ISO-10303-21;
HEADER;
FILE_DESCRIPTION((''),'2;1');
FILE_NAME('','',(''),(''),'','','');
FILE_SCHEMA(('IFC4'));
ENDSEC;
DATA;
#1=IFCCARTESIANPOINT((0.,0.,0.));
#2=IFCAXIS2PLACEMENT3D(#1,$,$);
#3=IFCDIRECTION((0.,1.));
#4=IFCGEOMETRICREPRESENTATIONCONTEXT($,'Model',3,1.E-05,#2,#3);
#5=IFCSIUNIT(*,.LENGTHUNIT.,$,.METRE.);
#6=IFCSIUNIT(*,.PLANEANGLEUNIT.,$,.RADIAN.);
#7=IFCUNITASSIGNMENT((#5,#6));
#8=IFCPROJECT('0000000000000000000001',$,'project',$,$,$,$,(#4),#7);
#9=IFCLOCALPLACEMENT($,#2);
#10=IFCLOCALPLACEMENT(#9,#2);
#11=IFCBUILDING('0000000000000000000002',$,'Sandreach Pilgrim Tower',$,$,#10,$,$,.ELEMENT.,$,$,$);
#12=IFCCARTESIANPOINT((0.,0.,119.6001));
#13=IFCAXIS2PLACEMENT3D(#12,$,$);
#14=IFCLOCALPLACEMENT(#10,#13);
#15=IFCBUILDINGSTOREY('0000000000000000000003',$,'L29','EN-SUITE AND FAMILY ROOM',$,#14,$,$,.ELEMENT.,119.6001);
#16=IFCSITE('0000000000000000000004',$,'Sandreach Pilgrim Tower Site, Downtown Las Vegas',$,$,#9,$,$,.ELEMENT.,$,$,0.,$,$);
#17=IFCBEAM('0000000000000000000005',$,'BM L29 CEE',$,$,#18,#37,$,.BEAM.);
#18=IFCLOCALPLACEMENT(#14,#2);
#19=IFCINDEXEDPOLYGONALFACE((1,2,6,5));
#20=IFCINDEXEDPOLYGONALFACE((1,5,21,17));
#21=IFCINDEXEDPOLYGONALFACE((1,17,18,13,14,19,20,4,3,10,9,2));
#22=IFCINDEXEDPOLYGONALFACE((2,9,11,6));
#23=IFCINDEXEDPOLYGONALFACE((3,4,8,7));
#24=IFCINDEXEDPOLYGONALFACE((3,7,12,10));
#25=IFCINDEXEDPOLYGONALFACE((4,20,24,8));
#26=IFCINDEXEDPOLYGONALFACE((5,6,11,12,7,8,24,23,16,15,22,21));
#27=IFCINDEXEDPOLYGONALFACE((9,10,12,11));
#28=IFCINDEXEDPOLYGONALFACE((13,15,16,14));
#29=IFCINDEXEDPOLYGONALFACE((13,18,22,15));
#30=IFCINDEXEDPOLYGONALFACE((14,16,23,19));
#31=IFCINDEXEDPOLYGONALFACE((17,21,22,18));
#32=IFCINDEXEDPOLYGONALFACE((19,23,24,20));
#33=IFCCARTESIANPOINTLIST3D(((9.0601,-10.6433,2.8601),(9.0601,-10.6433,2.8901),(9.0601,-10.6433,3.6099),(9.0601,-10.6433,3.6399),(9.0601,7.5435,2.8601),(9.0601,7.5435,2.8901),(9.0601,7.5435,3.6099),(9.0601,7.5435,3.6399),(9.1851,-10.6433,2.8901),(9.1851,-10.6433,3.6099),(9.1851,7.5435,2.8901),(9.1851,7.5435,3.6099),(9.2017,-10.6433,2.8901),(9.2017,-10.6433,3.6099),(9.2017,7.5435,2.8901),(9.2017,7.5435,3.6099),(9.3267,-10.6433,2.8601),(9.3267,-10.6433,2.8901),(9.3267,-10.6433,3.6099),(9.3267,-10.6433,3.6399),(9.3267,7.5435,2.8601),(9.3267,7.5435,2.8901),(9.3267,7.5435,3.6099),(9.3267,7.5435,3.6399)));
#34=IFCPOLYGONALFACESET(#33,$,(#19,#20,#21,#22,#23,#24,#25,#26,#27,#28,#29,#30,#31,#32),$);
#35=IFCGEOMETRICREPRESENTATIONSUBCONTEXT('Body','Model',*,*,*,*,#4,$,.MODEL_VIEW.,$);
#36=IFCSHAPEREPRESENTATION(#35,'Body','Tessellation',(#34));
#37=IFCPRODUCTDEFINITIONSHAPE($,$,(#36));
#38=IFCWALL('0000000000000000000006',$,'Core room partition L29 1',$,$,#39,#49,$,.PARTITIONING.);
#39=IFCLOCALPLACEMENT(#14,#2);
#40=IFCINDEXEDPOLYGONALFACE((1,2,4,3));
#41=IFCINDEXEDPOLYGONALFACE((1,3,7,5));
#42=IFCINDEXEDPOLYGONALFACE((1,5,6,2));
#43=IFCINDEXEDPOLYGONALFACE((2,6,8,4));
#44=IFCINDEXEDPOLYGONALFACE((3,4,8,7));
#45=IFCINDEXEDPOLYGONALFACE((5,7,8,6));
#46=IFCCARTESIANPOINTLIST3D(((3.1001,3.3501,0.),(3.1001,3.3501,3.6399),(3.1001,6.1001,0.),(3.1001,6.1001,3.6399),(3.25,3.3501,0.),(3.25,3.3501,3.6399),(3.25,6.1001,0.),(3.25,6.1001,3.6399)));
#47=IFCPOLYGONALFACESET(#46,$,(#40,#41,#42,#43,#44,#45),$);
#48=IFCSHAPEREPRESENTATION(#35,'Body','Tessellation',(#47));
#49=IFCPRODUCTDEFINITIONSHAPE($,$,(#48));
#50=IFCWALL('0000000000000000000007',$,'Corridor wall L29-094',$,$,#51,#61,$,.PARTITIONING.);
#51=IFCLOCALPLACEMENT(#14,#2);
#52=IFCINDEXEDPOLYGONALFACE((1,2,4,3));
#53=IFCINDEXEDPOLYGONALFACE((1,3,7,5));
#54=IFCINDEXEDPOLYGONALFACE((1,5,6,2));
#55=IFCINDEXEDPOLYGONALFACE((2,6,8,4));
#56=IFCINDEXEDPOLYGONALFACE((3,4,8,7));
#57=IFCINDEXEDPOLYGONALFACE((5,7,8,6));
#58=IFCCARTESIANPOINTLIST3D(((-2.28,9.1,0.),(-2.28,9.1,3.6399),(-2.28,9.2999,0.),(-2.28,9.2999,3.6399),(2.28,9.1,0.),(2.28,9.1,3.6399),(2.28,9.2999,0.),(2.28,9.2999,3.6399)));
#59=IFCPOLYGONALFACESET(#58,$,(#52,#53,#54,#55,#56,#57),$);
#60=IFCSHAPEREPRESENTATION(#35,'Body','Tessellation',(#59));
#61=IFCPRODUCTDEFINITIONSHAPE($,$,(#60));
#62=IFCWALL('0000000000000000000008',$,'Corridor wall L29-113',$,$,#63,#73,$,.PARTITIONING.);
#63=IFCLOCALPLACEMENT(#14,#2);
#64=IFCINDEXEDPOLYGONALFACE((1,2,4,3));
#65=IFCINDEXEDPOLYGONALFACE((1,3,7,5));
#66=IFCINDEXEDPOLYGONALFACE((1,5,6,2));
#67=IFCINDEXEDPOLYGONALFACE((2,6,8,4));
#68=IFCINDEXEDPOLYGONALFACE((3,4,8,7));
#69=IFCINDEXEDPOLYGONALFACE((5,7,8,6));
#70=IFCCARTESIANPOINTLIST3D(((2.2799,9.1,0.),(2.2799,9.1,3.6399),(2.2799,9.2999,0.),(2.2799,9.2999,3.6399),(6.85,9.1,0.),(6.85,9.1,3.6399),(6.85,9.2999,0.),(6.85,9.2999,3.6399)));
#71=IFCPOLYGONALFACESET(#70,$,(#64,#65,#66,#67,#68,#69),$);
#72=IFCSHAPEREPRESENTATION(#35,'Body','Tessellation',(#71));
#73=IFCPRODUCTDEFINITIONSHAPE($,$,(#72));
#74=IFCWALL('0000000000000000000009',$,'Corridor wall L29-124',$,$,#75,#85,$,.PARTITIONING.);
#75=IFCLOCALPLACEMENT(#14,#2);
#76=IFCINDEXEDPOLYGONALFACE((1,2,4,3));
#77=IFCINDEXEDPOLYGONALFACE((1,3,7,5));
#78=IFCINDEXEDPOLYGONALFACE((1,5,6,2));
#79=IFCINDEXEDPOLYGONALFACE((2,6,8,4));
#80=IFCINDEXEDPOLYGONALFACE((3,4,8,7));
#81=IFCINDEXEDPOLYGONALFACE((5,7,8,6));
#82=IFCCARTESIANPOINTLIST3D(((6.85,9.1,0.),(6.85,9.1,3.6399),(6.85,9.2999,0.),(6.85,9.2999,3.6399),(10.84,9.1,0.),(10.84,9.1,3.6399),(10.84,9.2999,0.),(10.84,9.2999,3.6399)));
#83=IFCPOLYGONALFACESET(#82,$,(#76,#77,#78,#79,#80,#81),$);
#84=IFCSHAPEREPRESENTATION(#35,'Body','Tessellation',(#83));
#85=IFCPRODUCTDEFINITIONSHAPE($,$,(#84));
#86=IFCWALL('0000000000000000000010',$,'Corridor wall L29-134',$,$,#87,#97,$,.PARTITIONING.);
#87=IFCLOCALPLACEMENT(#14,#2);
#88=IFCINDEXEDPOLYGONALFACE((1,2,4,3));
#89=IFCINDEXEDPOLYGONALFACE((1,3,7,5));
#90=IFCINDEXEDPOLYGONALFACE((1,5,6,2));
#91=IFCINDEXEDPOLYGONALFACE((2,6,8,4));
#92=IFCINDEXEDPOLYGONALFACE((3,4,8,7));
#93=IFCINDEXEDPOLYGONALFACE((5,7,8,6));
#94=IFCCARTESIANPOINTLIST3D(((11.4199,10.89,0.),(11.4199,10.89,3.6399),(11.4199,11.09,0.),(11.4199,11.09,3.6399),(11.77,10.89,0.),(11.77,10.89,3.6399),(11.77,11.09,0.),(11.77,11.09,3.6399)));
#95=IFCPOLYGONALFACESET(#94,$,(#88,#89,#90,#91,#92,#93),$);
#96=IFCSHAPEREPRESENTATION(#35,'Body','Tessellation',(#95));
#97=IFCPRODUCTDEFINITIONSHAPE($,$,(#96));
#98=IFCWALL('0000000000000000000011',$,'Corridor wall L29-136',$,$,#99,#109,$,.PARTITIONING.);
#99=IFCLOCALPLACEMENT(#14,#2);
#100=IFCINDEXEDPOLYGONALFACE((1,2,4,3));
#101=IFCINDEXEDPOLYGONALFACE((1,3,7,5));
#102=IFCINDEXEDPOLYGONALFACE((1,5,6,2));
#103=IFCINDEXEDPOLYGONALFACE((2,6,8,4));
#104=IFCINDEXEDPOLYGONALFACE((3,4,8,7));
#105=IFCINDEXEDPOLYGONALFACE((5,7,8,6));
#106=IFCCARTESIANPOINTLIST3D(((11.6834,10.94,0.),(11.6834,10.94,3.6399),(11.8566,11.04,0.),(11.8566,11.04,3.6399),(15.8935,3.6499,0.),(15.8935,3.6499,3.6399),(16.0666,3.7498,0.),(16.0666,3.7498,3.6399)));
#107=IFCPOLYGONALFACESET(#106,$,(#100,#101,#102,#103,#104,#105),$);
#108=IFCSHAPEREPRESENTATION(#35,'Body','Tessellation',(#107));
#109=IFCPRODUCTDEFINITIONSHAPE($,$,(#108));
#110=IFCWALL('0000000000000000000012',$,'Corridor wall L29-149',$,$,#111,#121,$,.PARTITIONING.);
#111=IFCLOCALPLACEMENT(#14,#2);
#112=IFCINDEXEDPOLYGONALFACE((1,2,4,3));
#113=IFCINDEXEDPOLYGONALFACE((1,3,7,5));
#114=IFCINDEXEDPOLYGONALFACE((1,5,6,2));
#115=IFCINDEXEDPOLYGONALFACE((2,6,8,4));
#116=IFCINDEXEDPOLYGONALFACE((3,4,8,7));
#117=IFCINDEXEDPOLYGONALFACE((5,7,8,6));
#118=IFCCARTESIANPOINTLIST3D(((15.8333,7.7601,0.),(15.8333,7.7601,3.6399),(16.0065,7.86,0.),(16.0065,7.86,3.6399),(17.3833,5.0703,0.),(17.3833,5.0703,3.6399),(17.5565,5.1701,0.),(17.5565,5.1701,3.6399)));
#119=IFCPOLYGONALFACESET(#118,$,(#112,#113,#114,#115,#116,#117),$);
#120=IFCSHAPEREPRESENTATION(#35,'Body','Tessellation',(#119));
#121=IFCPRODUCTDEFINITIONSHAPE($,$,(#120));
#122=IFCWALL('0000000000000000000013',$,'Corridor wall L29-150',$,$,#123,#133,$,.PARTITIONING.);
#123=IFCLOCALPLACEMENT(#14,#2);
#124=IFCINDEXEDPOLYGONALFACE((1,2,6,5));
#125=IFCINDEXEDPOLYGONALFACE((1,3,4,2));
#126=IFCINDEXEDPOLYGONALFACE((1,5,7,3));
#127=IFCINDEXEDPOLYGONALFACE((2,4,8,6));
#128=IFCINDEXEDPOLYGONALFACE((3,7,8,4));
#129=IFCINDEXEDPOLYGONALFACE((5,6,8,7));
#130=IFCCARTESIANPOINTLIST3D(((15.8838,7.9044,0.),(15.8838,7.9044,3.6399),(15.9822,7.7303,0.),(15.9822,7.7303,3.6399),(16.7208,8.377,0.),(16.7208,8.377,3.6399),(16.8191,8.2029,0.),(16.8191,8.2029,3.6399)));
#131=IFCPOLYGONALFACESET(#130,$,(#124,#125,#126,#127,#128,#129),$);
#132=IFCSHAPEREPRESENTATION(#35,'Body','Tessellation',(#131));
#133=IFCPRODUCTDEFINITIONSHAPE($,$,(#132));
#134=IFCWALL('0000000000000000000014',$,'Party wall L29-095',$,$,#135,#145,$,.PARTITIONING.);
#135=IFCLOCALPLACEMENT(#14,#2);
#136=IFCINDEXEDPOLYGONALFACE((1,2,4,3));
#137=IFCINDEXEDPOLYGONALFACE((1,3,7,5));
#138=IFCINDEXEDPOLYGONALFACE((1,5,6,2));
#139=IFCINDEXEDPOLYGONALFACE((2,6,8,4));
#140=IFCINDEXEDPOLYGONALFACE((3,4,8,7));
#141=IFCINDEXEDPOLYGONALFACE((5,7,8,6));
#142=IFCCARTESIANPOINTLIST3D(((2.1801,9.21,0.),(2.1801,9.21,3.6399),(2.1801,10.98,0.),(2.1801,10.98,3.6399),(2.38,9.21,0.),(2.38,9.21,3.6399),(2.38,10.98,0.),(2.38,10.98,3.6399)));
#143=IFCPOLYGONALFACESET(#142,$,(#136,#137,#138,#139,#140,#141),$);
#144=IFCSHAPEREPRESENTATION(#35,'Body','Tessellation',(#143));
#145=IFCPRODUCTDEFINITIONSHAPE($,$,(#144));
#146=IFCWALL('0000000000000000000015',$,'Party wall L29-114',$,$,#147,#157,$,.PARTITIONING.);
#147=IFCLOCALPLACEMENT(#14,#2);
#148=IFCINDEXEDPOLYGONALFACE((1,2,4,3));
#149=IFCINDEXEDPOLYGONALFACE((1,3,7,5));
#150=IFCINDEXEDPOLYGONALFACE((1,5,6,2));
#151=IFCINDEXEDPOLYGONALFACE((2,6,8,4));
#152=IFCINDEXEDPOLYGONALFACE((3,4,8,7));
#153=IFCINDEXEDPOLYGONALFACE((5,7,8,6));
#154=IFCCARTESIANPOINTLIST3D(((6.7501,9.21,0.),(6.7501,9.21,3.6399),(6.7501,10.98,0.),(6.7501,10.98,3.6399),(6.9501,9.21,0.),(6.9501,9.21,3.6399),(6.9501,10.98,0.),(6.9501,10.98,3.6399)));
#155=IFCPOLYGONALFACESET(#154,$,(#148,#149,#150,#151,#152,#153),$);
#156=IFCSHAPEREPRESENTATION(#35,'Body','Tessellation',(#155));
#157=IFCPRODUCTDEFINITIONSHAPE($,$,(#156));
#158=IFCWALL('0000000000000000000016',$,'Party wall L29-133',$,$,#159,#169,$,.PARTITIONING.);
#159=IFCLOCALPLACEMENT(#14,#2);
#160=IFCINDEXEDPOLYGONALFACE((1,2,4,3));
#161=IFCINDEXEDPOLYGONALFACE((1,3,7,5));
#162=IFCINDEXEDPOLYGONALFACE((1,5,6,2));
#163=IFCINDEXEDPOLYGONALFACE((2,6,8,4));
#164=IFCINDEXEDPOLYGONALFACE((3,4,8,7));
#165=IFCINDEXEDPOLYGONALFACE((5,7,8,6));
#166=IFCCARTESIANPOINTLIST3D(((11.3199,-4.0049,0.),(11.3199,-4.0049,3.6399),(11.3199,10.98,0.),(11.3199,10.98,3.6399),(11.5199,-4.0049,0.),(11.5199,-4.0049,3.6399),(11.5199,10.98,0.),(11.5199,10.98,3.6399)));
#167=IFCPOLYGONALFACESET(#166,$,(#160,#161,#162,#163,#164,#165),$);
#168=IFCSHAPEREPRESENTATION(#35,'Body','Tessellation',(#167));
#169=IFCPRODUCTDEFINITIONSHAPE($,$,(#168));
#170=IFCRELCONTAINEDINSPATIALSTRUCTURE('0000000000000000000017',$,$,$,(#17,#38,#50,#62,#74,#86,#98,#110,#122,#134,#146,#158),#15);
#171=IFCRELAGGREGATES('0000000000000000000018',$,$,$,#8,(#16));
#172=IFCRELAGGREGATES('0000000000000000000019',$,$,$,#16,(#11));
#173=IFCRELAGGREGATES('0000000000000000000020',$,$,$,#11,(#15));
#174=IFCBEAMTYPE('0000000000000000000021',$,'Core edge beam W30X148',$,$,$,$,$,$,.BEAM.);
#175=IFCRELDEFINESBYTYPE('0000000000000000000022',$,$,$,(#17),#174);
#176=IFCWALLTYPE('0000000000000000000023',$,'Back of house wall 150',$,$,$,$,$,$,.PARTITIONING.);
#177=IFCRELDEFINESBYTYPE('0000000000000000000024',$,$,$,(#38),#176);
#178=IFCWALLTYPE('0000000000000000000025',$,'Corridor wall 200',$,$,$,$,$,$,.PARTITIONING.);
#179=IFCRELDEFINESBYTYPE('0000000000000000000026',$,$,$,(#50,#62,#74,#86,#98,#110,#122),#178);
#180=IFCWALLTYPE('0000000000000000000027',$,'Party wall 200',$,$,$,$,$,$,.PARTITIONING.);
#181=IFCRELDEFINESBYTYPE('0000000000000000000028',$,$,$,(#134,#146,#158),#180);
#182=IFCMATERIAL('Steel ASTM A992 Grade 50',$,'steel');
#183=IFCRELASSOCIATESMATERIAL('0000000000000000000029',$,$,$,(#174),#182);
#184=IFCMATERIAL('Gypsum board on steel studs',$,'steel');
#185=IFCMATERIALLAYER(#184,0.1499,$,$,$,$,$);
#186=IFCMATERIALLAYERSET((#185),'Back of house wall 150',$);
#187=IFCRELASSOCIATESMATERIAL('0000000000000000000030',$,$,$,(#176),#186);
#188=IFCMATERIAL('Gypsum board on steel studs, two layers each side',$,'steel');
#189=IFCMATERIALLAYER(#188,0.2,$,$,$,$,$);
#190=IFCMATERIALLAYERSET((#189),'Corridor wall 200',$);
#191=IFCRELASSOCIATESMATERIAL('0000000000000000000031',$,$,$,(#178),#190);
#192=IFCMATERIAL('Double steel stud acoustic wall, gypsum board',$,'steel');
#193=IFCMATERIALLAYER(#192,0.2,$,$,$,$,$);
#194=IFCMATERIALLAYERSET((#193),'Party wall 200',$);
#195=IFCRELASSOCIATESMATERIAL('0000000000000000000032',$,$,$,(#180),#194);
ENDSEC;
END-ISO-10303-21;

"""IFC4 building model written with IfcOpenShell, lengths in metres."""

from ifc_helpers import new_model, si_unit, direction, frame, frame_2d, origin, origin_2d, place, context, subcontext, project, spatial, rectangle, i_section, extrude, material, layer, layer_set, material_profile, profile_set, type_object, element, save


model = new_model("IFC4")

# Units and contexts
model_context = context("Model", 3, precision=1e-05, world=origin(), true_north=direction((0.0, 1.0)))
body_context = subcontext(model_context, "Body", "Model", "MODEL_VIEW")
ifc_project = project(units=[si_unit("LENGTHUNIT", "METRE"), si_unit("PLANEANGLEUNIT", "RADIAN")], contexts=[model_context])

# Site, building, storey
site_placement = place(None, origin())
site = spatial("IfcSite", under=ifc_project, at=site_placement, Name="Sandreach Pilgrim Tower Site, Downtown Las Vegas", CompositionType="ELEMENT", RefElevation=0.0)
building_placement = place(site_placement, origin())
building = spatial("IfcBuilding", under=site, at=building_placement, Name="Sandreach Pilgrim Tower", CompositionType="ELEMENT")
storey_placement = place(building_placement, frame((0.0, 0.0, 119.6001)))
storey = spatial("IfcBuildingStorey", under=building, at=storey_placement, Name="L29", Description="EN-SUITE AND FAMILY ROOM", CompositionType="ELEMENT", Elevation=119.6001)

# Beam
ifc_material_1 = material(Name="Steel ASTM A992 Grade 50", Category="steel")
ifc_material_profile = material_profile(ifc_material_1, i_section(OverallWidth=0.2666, OverallDepth=0.7798, WebThickness=0.0166, FlangeThickness=0.03, at=origin_2d()), Name="W30X148")
ifc_profile_set = profile_set([ifc_material_profile], Name="Steel ASTM A992 Grade 50")
beam_type = type_object("IfcBeamType", Name="Core edge beam W30X148", PredefinedType="BEAM", material=ifc_profile_set)
beam_placement = place(storey_placement, frame((9.1934, 7.5435, 3.25), z_axis=(0.0, -1.0, 0.0), x_axis=(1.0, 0.0, 0.0)))
element("IfcBeam", 1, at=beam_placement, inside=storey, type_object=beam_type, Name="BM L29 CEE", PredefinedType="BEAM", context=body_context, shape_type="SweptSolid", body=[
    extrude(i_section(OverallWidth=0.2666, OverallDepth=0.7798, WebThickness=0.0166, FlangeThickness=0.03, at=origin_2d()), origin(), (0.0, 0.0, 1.0), 18.1868),
])

# Wall
ifc_material_2 = material(Name="Gypsum board on steel studs", Category="steel")
ifc_layer_1 = layer(ifc_material_2, 0.1499)
ifc_layer_set_1 = layer_set([ifc_layer_1], Name="Back of house wall 150")
wall_type_1 = type_object("IfcWallType", Name="Back of house wall 150", PredefinedType="PARTITIONING", material=ifc_layer_set_1)
wall_1_placement = place(storey_placement, frame((3.175, 3.3501, 0.0), z_axis=(0.0, 0.0, 1.0), x_axis=(0.0, 1.0, 0.0)))
element("IfcWall", 2, at=wall_1_placement, inside=storey, type_object=wall_type_1, Name="Core room partition L29 1", PredefinedType="PARTITIONING", context=body_context, shape_type="SweptSolid", body=[
    extrude(rectangle(XDim=2.75, YDim=0.1499, at=frame_2d((1.375, 0.0))), origin(), (0.0, 0.0, 1.0), 3.6399),
])

# Wall
ifc_material_3 = material(Name="Gypsum board on steel studs, two layers each side", Category="steel")
ifc_layer_2 = layer(ifc_material_3, 0.2)
ifc_layer_set_2 = layer_set([ifc_layer_2], Name="Corridor wall 200")
wall_type_2 = type_object("IfcWallType", Name="Corridor wall 200", PredefinedType="PARTITIONING", material=ifc_layer_set_2)
wall_2_placement = place(storey_placement, frame((2.28, 9.2, 0.0), z_axis=(0.0, 0.0, 1.0), x_axis=(-1.0, 0.0, 0.0)))
element("IfcWall", 3, at=wall_2_placement, inside=storey, type_object=wall_type_2, Name="Corridor wall L29-094", PredefinedType="PARTITIONING", context=body_context, shape_type="SweptSolid", body=[
    extrude(rectangle(XDim=4.5601, YDim=0.2, at=frame_2d((2.28, 0.0))), origin(), (0.0, 0.0, 1.0), 3.6399),
])

# Wall
wall_3_placement = place(storey_placement, frame((6.8501, 9.2, 0.0), z_axis=(0.0, 0.0, 1.0), x_axis=(-1.0, 0.0, 0.0)))
element("IfcWall", 4, at=wall_3_placement, inside=storey, type_object=wall_type_2, Name="Corridor wall L29-113", PredefinedType="PARTITIONING", context=body_context, shape_type="SweptSolid", body=[
    extrude(rectangle(XDim=4.5701, YDim=0.2, at=frame_2d((2.2852, 0.0))), origin(), (0.0, 0.0, 1.0), 3.6399),
])

# Walls
wall_4_placement = place(storey_placement, frame((10.8401, 9.2, 0.0), z_axis=(0.0, 0.0, 1.0), x_axis=(-1.0, 0.0, 0.0)))
element("IfcWall", 5, at=wall_4_placement, inside=storey, type_object=wall_type_2, Name="Corridor wall L29-124", PredefinedType="PARTITIONING", context=body_context, shape_type="SweptSolid", body=[
    extrude(rectangle(XDim=3.99, YDim=0.2, at=frame_2d((1.9951, 0.0))), origin(), (0.0, 0.0, 1.0), 3.6399),
])
wall_5_placement = place(storey_placement, frame((11.4199, 10.99, 0.0), z_axis=(0.0, 0.0, 1.0), x_axis=(1.0, 0.0, 0.0)))
element("IfcWall", 6, at=wall_5_placement, inside=storey, type_object=wall_type_2, Name="Corridor wall L29-134", PredefinedType="PARTITIONING", context=body_context, shape_type="SweptSolid", body=[
    extrude(rectangle(XDim=0.3501, YDim=0.2, at=frame_2d((0.175, 0.0))), origin(), (0.0, 0.0, 1.0), 3.6399),
])
wall_6_placement = place(storey_placement, frame((11.77, 10.99, 0.0), z_axis=(0.0, 0.0, 1.0), x_axis=(0.500094, -0.865971, 0.0)))
element("IfcWall", 7, at=wall_6_placement, inside=storey, type_object=wall_type_2, Name="Corridor wall L29-136", PredefinedType="PARTITIONING", context=body_context, shape_type="SweptSolid", body=[
    extrude(rectangle(XDim=8.4185, YDim=0.2, at=frame_2d((4.2092, 0.0))), origin(), (0.0, 0.0, 1.0), 3.6399),
])
wall_7_placement = place(storey_placement, frame((15.9199, 7.8101, 0.0), z_axis=(0.0, 0.0, 1.0), x_axis=(0.499278, -0.866442, 0.0)))
element("IfcWall", 8, at=wall_7_placement, inside=storey, type_object=wall_type_2, Name="Corridor wall L29-149", PredefinedType="PARTITIONING", context=body_context, shape_type="SweptSolid", body=[
    extrude(rectangle(XDim=3.1045, YDim=0.2, at=frame_2d((1.5522, 0.0))), origin(), (0.0, 0.0, 1.0), 3.6399),
])
wall_8_placement = place(storey_placement, frame((15.9331, 7.8174, 0.0), z_axis=(0.0, 0.0, 1.0), x_axis=(0.870733, 0.491756, 0.0)))
element("IfcWall", 9, at=wall_8_placement, inside=storey, type_object=wall_type_2, Name="Corridor wall L29-150", PredefinedType="PARTITIONING", context=body_context, shape_type="SweptSolid", body=[
    extrude(rectangle(XDim=0.9612, YDim=0.2, at=frame_2d((0.4805, 0.0))), origin(), (0.0, 0.0, 1.0), 3.6399),
])

# Walls
ifc_material_4 = material(Name="Double steel stud acoustic wall, gypsum board", Category="steel")
ifc_layer_3 = layer(ifc_material_4, 0.2)
ifc_layer_set_3 = layer_set([ifc_layer_3], Name="Party wall 200")
wall_type_3 = type_object("IfcWallType", Name="Party wall 200", PredefinedType="PARTITIONING", material=ifc_layer_set_3)
for number, where, z_axis, x_axis, name in (
    (10, (2.28, 10.98, 0.0), (0.0, 0.0, 1.0), (0.0, -1.0, 0.0), "Party wall L29-095"),
    (11, (6.8501, 10.98, 0.0), (0.0, 0.0, 1.0), (0.0, -1.0, 0.0), "Party wall L29-114"),
):
    element("IfcWall", number, at=place(storey_placement, frame(where, z_axis=z_axis, x_axis=x_axis)), inside=storey, type_object=wall_type_3, Name=name, PredefinedType="PARTITIONING", context=body_context, shape_type="SweptSolid", body=[
        extrude(rectangle(XDim=1.77, YDim=0.2, at=frame_2d((0.885, 0.0))), origin(), (0.0, 0.0, 1.0), 3.6399),
    ])
wall_9_placement = place(storey_placement, frame((11.4199, 10.98, 0.0), z_axis=(0.0, 0.0, 1.0), x_axis=(0.0, -1.0, 0.0)))
element("IfcWall", 12, at=wall_9_placement, inside=storey, type_object=wall_type_3, Name="Party wall L29-133", PredefinedType="PARTITIONING", context=body_context, shape_type="SweptSolid", body=[
    extrude(rectangle(XDim=14.9849, YDim=0.2, at=frame_2d((7.4924, 0.0))), origin(), (0.0, 0.0, 1.0), 3.6399),
])

save(model, "model.ifc")
